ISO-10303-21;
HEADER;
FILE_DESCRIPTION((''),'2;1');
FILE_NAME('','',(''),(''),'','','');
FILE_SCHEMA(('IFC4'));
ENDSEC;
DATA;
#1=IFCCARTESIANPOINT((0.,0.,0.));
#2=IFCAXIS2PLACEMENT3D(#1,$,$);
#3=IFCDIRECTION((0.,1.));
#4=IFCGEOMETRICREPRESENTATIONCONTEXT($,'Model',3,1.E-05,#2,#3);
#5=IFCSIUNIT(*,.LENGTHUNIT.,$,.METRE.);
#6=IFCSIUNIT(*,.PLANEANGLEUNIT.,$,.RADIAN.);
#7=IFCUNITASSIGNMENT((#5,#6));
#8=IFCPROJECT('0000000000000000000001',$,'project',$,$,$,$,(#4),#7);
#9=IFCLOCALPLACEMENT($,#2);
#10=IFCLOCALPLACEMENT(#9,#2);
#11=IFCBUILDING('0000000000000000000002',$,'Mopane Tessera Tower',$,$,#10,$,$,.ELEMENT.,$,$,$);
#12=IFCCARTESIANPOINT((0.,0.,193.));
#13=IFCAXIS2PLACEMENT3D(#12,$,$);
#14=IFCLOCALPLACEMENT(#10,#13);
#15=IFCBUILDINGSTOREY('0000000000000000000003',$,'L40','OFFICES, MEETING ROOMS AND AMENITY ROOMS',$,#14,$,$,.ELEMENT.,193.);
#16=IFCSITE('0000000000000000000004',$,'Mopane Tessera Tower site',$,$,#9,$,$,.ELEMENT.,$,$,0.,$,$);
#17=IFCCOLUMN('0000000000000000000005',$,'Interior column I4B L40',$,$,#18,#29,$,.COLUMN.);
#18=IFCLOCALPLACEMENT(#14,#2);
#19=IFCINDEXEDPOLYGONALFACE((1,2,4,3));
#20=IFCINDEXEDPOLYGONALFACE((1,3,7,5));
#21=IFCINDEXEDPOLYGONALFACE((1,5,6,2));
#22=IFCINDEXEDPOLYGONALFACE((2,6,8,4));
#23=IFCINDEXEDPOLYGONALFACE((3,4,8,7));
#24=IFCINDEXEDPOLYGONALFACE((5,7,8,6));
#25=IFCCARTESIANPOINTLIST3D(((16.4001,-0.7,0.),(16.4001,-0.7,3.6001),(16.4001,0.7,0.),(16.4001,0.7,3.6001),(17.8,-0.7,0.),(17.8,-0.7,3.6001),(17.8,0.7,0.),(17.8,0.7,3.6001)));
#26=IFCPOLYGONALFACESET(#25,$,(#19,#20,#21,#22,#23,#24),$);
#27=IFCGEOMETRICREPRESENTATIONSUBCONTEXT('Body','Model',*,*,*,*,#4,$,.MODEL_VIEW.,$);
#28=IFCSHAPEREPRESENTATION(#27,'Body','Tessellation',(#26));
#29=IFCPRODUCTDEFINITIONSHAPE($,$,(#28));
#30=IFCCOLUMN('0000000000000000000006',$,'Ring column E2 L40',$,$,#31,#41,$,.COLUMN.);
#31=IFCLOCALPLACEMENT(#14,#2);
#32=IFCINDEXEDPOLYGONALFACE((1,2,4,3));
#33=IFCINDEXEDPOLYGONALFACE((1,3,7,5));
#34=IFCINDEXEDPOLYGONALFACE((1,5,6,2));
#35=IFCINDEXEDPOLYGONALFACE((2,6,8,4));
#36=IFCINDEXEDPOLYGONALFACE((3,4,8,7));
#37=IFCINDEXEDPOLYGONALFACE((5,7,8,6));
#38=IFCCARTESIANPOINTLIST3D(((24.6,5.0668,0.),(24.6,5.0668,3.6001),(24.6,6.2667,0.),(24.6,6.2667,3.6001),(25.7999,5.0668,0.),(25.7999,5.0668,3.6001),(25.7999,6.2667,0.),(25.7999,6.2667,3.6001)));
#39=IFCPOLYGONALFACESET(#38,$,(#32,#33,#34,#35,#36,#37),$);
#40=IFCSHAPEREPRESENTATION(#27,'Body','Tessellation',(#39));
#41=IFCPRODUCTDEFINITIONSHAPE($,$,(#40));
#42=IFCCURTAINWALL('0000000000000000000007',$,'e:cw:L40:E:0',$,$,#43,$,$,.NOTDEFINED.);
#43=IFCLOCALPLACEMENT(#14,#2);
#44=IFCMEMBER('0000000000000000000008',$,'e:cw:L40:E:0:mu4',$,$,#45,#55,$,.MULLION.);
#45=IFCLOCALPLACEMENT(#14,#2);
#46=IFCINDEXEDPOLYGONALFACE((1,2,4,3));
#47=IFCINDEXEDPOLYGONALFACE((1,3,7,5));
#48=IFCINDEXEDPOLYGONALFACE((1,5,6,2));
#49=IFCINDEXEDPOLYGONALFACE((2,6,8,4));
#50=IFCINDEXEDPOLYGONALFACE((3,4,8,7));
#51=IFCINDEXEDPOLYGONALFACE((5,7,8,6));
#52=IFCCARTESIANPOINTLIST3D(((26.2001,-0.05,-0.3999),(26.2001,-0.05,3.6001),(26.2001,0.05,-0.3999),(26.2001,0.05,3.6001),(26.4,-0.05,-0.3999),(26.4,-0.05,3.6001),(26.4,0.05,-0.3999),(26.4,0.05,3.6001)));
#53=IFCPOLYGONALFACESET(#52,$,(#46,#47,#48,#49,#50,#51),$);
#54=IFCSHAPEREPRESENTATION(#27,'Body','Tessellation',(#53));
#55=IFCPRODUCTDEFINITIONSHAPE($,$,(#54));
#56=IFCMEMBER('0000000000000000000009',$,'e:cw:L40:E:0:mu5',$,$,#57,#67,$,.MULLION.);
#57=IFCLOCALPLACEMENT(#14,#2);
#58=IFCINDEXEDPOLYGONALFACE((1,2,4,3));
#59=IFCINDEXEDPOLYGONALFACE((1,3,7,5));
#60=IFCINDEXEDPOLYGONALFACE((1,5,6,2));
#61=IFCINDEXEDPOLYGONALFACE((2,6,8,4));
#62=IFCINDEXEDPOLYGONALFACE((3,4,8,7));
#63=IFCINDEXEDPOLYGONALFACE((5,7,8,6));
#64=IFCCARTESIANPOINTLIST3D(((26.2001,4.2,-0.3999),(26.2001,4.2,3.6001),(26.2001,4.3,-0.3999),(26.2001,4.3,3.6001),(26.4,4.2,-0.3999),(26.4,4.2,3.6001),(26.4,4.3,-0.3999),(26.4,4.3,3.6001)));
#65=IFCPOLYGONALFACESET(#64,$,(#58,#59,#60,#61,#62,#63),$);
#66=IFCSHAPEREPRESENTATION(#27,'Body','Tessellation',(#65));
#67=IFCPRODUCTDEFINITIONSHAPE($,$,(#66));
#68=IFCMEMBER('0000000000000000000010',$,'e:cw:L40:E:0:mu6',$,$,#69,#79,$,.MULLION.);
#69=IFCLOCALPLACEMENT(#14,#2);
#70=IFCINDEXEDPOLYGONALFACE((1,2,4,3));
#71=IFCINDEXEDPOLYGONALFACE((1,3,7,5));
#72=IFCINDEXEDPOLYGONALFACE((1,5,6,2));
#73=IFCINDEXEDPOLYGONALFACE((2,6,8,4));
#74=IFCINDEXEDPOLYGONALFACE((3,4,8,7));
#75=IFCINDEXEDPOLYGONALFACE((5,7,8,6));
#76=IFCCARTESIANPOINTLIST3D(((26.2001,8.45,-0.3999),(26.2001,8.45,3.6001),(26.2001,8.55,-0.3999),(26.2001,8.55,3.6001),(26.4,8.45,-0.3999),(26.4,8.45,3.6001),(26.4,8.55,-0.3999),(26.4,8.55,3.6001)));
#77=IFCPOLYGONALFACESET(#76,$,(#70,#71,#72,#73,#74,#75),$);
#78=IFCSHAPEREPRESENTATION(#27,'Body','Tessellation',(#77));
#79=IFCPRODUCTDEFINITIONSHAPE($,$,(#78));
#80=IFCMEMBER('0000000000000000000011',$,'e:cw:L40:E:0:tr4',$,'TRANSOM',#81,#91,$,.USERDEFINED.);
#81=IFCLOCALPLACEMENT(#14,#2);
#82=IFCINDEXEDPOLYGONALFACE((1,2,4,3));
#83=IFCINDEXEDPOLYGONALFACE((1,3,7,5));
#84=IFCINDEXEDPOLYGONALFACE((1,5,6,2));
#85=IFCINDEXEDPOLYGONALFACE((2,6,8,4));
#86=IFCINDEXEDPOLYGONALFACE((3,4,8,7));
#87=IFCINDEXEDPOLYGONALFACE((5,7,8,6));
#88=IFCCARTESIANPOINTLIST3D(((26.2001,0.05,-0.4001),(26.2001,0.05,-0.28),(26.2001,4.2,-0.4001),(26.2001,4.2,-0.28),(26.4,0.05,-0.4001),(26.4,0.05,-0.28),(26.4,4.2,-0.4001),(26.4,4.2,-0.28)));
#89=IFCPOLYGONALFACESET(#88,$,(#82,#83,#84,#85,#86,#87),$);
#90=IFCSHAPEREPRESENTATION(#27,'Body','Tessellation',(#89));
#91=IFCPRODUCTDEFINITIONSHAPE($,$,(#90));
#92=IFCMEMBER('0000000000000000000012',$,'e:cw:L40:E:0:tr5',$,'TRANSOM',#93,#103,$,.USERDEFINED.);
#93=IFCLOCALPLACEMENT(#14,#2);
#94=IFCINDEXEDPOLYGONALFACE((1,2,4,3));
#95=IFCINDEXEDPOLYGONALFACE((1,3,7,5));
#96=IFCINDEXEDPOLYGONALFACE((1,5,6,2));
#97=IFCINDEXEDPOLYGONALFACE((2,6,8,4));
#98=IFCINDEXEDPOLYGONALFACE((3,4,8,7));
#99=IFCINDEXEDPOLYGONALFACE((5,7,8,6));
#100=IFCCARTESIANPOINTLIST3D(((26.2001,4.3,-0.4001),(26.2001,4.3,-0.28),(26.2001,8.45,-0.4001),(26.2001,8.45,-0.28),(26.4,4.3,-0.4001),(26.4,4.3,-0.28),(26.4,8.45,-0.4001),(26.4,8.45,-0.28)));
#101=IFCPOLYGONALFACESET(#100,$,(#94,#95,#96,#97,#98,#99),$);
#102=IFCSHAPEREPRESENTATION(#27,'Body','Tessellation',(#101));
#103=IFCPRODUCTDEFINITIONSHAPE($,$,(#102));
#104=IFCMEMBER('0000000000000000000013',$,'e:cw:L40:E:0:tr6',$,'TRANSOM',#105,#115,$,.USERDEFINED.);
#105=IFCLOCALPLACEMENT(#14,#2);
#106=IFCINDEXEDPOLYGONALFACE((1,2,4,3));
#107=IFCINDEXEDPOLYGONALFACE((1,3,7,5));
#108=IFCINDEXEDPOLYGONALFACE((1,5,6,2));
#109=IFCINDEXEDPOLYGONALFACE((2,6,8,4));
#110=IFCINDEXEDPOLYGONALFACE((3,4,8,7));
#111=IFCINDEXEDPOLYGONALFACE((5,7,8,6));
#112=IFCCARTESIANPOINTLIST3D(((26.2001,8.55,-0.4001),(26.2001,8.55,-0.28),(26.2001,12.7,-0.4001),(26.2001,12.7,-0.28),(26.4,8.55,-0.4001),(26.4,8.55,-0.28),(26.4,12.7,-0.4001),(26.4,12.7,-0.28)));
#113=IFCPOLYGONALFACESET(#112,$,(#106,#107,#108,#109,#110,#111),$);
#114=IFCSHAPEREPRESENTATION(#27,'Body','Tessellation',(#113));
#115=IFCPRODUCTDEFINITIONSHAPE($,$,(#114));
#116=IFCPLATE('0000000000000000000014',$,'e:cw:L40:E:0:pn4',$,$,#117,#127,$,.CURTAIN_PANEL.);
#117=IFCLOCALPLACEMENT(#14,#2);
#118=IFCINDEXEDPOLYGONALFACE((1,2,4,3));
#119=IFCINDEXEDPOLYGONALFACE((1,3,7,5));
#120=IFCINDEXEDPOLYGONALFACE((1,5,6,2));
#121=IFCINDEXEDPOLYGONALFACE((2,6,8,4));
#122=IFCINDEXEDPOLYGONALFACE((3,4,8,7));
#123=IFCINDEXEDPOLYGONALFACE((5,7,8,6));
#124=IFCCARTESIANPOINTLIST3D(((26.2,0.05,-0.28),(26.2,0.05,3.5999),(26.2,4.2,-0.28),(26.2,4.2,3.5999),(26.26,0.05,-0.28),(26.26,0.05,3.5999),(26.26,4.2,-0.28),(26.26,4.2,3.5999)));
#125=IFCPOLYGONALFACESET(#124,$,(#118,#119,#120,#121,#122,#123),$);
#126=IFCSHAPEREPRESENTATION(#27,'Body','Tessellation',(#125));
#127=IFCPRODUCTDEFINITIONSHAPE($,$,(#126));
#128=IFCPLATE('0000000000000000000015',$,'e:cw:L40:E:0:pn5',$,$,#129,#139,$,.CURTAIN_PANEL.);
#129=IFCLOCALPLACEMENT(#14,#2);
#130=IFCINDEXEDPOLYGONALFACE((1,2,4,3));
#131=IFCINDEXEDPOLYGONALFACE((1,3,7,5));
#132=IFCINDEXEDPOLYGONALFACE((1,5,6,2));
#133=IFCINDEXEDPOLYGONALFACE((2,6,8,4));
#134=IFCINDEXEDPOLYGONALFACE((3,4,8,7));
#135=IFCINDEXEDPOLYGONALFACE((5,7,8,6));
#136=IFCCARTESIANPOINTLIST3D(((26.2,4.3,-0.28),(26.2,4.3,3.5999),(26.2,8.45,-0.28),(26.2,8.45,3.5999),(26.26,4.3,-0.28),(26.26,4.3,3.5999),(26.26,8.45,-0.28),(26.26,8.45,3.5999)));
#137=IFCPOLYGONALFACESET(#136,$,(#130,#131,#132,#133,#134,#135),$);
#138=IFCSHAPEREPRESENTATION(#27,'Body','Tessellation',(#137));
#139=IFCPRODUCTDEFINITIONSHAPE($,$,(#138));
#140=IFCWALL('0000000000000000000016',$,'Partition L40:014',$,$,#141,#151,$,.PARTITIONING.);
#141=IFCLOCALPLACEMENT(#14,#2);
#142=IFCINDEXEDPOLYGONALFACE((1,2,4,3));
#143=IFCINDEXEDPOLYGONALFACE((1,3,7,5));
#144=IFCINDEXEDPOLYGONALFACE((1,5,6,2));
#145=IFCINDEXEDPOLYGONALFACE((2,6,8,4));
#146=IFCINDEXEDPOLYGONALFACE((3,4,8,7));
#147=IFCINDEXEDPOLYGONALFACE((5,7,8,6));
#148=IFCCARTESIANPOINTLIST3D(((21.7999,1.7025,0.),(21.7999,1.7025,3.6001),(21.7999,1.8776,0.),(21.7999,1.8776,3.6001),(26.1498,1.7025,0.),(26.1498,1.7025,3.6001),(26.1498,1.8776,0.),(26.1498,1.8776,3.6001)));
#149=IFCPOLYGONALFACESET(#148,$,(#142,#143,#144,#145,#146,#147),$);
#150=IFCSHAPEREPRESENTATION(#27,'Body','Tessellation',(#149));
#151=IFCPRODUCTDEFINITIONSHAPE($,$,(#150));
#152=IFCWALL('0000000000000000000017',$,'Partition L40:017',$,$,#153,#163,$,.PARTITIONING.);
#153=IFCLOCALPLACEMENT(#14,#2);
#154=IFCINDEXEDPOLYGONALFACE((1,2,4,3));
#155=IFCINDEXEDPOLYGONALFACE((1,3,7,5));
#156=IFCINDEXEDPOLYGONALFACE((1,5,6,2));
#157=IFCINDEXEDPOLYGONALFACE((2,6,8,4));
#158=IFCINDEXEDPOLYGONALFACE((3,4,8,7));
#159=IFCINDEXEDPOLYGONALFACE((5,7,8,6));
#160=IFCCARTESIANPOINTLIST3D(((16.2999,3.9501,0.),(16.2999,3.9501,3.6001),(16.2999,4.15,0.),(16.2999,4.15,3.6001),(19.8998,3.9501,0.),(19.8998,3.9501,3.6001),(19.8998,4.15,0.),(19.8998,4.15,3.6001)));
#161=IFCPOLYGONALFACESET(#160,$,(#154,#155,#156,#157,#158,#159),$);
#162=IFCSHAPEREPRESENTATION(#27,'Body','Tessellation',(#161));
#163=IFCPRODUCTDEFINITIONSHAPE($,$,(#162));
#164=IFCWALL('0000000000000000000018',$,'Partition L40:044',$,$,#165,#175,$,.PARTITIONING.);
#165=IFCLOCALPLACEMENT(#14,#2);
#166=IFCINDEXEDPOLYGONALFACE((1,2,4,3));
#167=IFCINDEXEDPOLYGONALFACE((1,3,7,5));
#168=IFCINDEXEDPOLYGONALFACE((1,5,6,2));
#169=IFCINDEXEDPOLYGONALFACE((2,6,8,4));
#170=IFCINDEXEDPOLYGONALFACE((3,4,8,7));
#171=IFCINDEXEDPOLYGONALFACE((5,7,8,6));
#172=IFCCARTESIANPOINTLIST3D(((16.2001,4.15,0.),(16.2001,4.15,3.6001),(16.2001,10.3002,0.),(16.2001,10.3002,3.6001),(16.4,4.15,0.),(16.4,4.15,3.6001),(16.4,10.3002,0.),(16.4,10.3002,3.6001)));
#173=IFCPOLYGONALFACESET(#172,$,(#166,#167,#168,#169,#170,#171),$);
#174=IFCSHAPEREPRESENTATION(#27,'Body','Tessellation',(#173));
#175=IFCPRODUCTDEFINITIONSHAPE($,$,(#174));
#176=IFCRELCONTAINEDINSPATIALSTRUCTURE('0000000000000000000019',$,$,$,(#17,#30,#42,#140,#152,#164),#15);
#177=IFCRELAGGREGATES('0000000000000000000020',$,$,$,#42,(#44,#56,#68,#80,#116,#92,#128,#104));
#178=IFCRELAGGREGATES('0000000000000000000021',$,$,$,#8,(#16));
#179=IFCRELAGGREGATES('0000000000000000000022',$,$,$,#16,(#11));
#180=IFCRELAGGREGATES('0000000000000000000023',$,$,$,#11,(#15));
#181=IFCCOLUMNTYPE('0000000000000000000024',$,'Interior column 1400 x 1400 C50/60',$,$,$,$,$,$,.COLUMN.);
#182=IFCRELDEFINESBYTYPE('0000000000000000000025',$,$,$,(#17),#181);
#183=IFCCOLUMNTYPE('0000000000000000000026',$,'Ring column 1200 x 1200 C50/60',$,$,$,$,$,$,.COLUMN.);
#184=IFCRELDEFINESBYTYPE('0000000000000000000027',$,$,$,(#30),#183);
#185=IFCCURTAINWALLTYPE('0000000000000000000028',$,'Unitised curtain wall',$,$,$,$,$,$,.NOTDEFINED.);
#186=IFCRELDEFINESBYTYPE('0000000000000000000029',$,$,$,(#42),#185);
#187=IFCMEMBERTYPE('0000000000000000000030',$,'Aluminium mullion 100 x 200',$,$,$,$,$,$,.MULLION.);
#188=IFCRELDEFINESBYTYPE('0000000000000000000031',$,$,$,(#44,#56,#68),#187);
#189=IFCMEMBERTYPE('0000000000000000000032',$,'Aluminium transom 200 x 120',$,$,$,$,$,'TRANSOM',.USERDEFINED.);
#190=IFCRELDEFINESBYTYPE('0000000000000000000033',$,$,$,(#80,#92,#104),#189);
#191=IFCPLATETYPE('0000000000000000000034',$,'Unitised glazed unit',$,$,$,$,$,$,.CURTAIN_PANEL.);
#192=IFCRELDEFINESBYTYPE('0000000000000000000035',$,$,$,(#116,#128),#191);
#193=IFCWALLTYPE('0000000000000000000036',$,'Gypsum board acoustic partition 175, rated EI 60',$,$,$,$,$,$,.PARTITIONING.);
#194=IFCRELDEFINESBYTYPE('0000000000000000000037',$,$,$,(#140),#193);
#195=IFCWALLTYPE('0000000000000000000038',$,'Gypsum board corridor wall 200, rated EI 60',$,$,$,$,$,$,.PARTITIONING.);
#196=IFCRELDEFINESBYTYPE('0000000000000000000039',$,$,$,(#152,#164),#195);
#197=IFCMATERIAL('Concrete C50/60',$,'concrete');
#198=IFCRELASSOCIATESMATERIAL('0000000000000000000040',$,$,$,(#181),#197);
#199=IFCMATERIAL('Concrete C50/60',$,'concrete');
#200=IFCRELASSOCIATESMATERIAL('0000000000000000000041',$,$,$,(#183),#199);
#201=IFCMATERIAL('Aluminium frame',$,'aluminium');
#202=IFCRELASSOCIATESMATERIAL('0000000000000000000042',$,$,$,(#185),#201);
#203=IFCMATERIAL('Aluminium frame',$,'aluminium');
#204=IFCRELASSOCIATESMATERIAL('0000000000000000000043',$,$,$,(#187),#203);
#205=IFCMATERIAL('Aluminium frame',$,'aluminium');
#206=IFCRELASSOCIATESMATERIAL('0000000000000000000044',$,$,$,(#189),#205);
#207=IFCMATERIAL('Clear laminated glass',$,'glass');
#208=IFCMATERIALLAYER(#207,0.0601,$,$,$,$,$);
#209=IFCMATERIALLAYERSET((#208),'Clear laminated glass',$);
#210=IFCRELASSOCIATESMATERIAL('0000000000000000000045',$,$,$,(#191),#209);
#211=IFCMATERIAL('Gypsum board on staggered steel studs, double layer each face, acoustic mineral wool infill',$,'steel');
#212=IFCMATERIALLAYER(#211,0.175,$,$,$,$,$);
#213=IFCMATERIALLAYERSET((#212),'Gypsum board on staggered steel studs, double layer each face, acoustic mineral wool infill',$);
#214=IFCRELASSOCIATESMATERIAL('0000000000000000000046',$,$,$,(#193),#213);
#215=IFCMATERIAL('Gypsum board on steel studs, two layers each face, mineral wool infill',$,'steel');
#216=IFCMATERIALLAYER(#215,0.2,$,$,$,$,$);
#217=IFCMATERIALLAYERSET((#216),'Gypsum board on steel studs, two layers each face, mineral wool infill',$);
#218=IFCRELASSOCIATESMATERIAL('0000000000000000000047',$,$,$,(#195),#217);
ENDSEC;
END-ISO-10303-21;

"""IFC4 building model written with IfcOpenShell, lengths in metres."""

from ifc_helpers import new_model, si_unit, direction, frame, frame_2d, origin, origin_2d, place, context, subcontext, project, spatial, rectangle, extrude, material, layer, layer_set, material_profile, profile_set, type_object, element, aggregate, save


model = new_model("IFC4")

# Units and contexts
model_context = context("Model", 3, precision=1e-05, world=origin(), true_north=direction((0.0, 1.0)))
body_context = subcontext(model_context, "Body", "Model", "MODEL_VIEW")
ifc_project = project(units=[si_unit("LENGTHUNIT", "METRE"), si_unit("PLANEANGLEUNIT", "RADIAN")], contexts=[model_context])

# Site, building, storey
site_placement = place(None, origin())
site = spatial("IfcSite", under=ifc_project, at=site_placement, Name="Mopane Tessera Tower site", CompositionType="ELEMENT", RefElevation=0.0)
building_placement = place(site_placement, origin())
building = spatial("IfcBuilding", under=site, at=building_placement, Name="Mopane Tessera Tower", CompositionType="ELEMENT")
storey_placement = place(building_placement, frame((0.0, 0.0, 193.0)))
storey = spatial("IfcBuildingStorey", under=building, at=storey_placement, Name="L40", Description="OFFICES, MEETING ROOMS AND AMENITY ROOMS", CompositionType="ELEMENT", Elevation=193.0)

# Columns
ifc_material_1 = material(Name="Concrete C50/60", Category="concrete")
ifc_material_profile_1 = material_profile(ifc_material_1, rectangle(XDim=1.3999, YDim=1.3999, at=origin_2d()))
ifc_profile_set_1 = profile_set([ifc_material_profile_1], Name="Concrete C50/60")
column_type_1 = type_object("IfcColumnType", Name="Interior column 1400 x 1400 C50/60", PredefinedType="COLUMN", material=ifc_profile_set_1)
column_1_placement = place(storey_placement, frame((17.1001, 0.0, 0.0), z_axis=(0.0, 0.0, 1.0), x_axis=(1.0, 0.0, 0.0)))
element("IfcColumn", 1, at=column_1_placement, inside=storey, type_object=column_type_1, Name="Interior column I4B L40", PredefinedType="COLUMN", context=body_context, shape_type="SweptSolid", body=[
    extrude(rectangle(XDim=1.3999, YDim=1.3999, at=origin_2d()), origin(), (0.0, 0.0, 1.0), 3.6001),
])
ifc_material_2 = material(Name="Concrete C50/60", Category="concrete")
ifc_material_profile_2 = material_profile(ifc_material_2, rectangle(XDim=1.2, YDim=1.2, at=origin_2d()))
ifc_profile_set_2 = profile_set([ifc_material_profile_2], Name="Concrete C50/60")
column_type_2 = type_object("IfcColumnType", Name="Ring column 1200 x 1200 C50/60", PredefinedType="COLUMN", material=ifc_profile_set_2)
column_2_placement = place(storey_placement, frame((25.2, 5.6667, 0.0), z_axis=(0.0, 0.0, 1.0), x_axis=(1.0, 0.0, 0.0)))
element("IfcColumn", 2, at=column_2_placement, inside=storey, type_object=column_type_2, Name="Ring column E2 L40", PredefinedType="COLUMN", context=body_context, shape_type="SweptSolid", body=[
    extrude(rectangle(XDim=1.2, YDim=1.2, at=origin_2d()), origin(), (0.0, 0.0, 1.0), 3.6001),
])

# Curtain wall, members, plates
ifc_material_3 = material(Name="Aluminium frame", Category="aluminium")
curtain_wall_type = type_object("IfcCurtainWallType", Name="Unitised curtain wall", PredefinedType="NOTDEFINED", material=ifc_material_3)
curtain_wall_placement = place(storey_placement, origin())
curtain_wall = element("IfcCurtainWall", 3, at=curtain_wall_placement, inside=storey, type_object=curtain_wall_type, Name="e:cw:L40:E:0", PredefinedType="NOTDEFINED")
ifc_material_4 = material(Name="Aluminium frame", Category="aluminium")
ifc_material_profile_3 = material_profile(ifc_material_4, rectangle(XDim=0.1001, YDim=0.2, at=origin_2d()))
ifc_profile_set_3 = profile_set([ifc_material_profile_3], Name="Aluminium frame")
member_type_1 = type_object("IfcMemberType", Name="Aluminium mullion 100 x 200", PredefinedType="MULLION", material=ifc_profile_set_3)
member_1_placement = place(storey_placement, frame((26.3, 0.0, -0.3999), z_axis=(0.0, 0.0, 1.0), x_axis=(0.0, 1.0, 0.0)))
member_1 = element("IfcMember", 4, at=member_1_placement, type_object=member_type_1, Name="e:cw:L40:E:0:mu4", PredefinedType="MULLION", context=body_context, shape_type="SweptSolid", body=[
    extrude(rectangle(XDim=0.1001, YDim=0.2, at=origin_2d()), origin(), (0.0, 0.0, 1.0), 4.0),
])
member_2_placement = place(storey_placement, frame((26.3, 4.25, -0.3999), z_axis=(0.0, 0.0, 1.0), x_axis=(0.0, 1.0, 0.0)))
member_2 = element("IfcMember", 5, at=member_2_placement, type_object=member_type_1, Name="e:cw:L40:E:0:mu5", PredefinedType="MULLION", context=body_context, shape_type="SweptSolid", body=[
    extrude(rectangle(XDim=0.1001, YDim=0.2, at=origin_2d()), origin(), (0.0, 0.0, 1.0), 4.0),
])
member_3_placement = place(storey_placement, frame((26.3, 8.5, -0.3999), z_axis=(0.0, 0.0, 1.0), x_axis=(0.0, 1.0, 0.0)))
member_3 = element("IfcMember", 6, at=member_3_placement, type_object=member_type_1, Name="e:cw:L40:E:0:mu6", PredefinedType="MULLION", context=body_context, shape_type="SweptSolid", body=[
    extrude(rectangle(XDim=0.1001, YDim=0.2, at=origin_2d()), origin(), (0.0, 0.0, 1.0), 4.0),
])
ifc_material_5 = material(Name="Aluminium frame", Category="aluminium")
ifc_material_profile_4 = material_profile(ifc_material_5, rectangle(XDim=0.2, YDim=0.1201, at=origin_2d()))
ifc_profile_set_4 = profile_set([ifc_material_profile_4], Name="Aluminium frame")
member_type_2 = type_object("IfcMemberType", Name="Aluminium transom 200 x 120", ElementType="TRANSOM", PredefinedType="USERDEFINED", material=ifc_profile_set_4)
member_4_placement = place(storey_placement, frame((26.3, 0.05, -0.3401), z_axis=(0.0, 1.0, 0.0), x_axis=(-1.0, 0.0, 0.0)))
member_4 = element("IfcMember", 7, at=member_4_placement, type_object=member_type_2, Name="e:cw:L40:E:0:tr4", ObjectType="TRANSOM", PredefinedType="USERDEFINED", context=body_context, shape_type="SweptSolid", body=[
    extrude(rectangle(XDim=0.2, YDim=0.1201, at=origin_2d()), origin(), (0.0, 0.0, 1.0), 4.1499),
])
member_5_placement = place(storey_placement, frame((26.3, 4.3, -0.3401), z_axis=(0.0, 1.0, 0.0), x_axis=(-1.0, 0.0, 0.0)))
member_5 = element("IfcMember", 8, at=member_5_placement, type_object=member_type_2, Name="e:cw:L40:E:0:tr5", ObjectType="TRANSOM", PredefinedType="USERDEFINED", context=body_context, shape_type="SweptSolid", body=[
    extrude(rectangle(XDim=0.2, YDim=0.1201, at=origin_2d()), origin(), (0.0, 0.0, 1.0), 4.1499),
])
member_6_placement = place(storey_placement, frame((26.3, 8.55, -0.3401), z_axis=(0.0, 1.0, 0.0), x_axis=(-1.0, 0.0, 0.0)))
member_6 = element("IfcMember", 9, at=member_6_placement, type_object=member_type_2, Name="e:cw:L40:E:0:tr6", ObjectType="TRANSOM", PredefinedType="USERDEFINED", context=body_context, shape_type="SweptSolid", body=[
    extrude(rectangle(XDim=0.2, YDim=0.1201, at=origin_2d()), origin(), (0.0, 0.0, 1.0), 4.1499),
])
ifc_material_6 = material(Name="Clear laminated glass", Category="glass")
ifc_layer_1 = layer(ifc_material_6, 0.0601)
ifc_layer_set_1 = layer_set([ifc_layer_1], Name="Clear laminated glass")
plate_type = type_object("IfcPlateType", Name="Unitised glazed unit", PredefinedType="CURTAIN_PANEL", material=ifc_layer_set_1)
plate_1_placement = place(storey_placement, frame((26.23, 2.125, -0.28), z_axis=(0.0, 0.0, 1.0), x_axis=(0.0, 1.0, 0.0)))
plate_1 = element("IfcPlate", 10, at=plate_1_placement, type_object=plate_type, Name="e:cw:L40:E:0:pn4", PredefinedType="CURTAIN_PANEL", context=body_context, shape_type="SweptSolid", body=[
    extrude(rectangle(XDim=4.1499, YDim=0.0601, at=origin_2d()), origin(), (0.0, 0.0, 1.0), 3.8799),
])
plate_2_placement = place(storey_placement, frame((26.23, 6.375, -0.28), z_axis=(0.0, 0.0, 1.0), x_axis=(0.0, 1.0, 0.0)))
plate_2 = element("IfcPlate", 11, at=plate_2_placement, type_object=plate_type, Name="e:cw:L40:E:0:pn5", PredefinedType="CURTAIN_PANEL", context=body_context, shape_type="SweptSolid", body=[
    extrude(rectangle(XDim=4.1499, YDim=0.0601, at=origin_2d()), origin(), (0.0, 0.0, 1.0), 3.8799),
])
aggregate(curtain_wall, [member_1, member_2, member_3, member_4, plate_1, member_5, plate_2, member_6])

# Walls
ifc_material_7 = material(Name="Gypsum board on staggered steel studs, double layer each face, acoustic mineral wool infill", Category="steel")
ifc_layer_2 = layer(ifc_material_7, 0.175)
ifc_layer_set_2 = layer_set([ifc_layer_2], Name="Gypsum board on staggered steel studs, double layer each face, acoustic mineral wool infill")
wall_type_1 = type_object("IfcWallType", Name="Gypsum board acoustic partition 175, rated EI 60", PredefinedType="PARTITIONING", material=ifc_layer_set_2)
wall_1_placement = place(storey_placement, frame((21.8, 1.79, 0.0), z_axis=(0.0, 0.0, 1.0), x_axis=(1.0, 0.0, 0.0)))
element("IfcWall", 12, at=wall_1_placement, inside=storey, type_object=wall_type_1, Name="Partition L40:014", PredefinedType="PARTITIONING", context=body_context, shape_type="SweptSolid", body=[
    extrude(rectangle(XDim=4.3499, YDim=0.175, at=frame_2d((2.1748, 0.0))), origin(), (0.0, 0.0, 1.0), 3.6001),
])
ifc_material_8 = material(Name="Gypsum board on steel studs, two layers each face, mineral wool infill", Category="steel")
ifc_layer_3 = layer(ifc_material_8, 0.2)
ifc_layer_set_3 = layer_set([ifc_layer_3], Name="Gypsum board on steel studs, two layers each face, mineral wool infill")
wall_type_2 = type_object("IfcWallType", Name="Gypsum board corridor wall 200, rated EI 60", PredefinedType="PARTITIONING", material=ifc_layer_set_3)
wall_2_placement = place(storey_placement, frame((16.3, 4.05, 0.0), z_axis=(0.0, 0.0, 1.0), x_axis=(1.0, 0.0, 0.0)))
element("IfcWall", 13, at=wall_2_placement, inside=storey, type_object=wall_type_2, Name="Partition L40:017", PredefinedType="PARTITIONING", context=body_context, shape_type="SweptSolid", body=[
    extrude(rectangle(XDim=3.5999, YDim=0.2, at=frame_2d((1.7998, 0.0))), origin(), (0.0, 0.0, 1.0), 3.6001),
])
wall_3_placement = place(storey_placement, frame((16.3, 4.1499, 0.0), z_axis=(0.0, 0.0, 1.0), x_axis=(0.0, 1.0, 0.0)))
element("IfcWall", 14, at=wall_3_placement, inside=storey, type_object=wall_type_2, Name="Partition L40:044", PredefinedType="PARTITIONING", context=body_context, shape_type="SweptSolid", body=[
    extrude(rectangle(XDim=6.1501, YDim=0.2, at=frame_2d((3.0752, 0.0))), origin(), (0.0, 0.0, 1.0), 3.6001),
])

save(model, "model.ifc")
